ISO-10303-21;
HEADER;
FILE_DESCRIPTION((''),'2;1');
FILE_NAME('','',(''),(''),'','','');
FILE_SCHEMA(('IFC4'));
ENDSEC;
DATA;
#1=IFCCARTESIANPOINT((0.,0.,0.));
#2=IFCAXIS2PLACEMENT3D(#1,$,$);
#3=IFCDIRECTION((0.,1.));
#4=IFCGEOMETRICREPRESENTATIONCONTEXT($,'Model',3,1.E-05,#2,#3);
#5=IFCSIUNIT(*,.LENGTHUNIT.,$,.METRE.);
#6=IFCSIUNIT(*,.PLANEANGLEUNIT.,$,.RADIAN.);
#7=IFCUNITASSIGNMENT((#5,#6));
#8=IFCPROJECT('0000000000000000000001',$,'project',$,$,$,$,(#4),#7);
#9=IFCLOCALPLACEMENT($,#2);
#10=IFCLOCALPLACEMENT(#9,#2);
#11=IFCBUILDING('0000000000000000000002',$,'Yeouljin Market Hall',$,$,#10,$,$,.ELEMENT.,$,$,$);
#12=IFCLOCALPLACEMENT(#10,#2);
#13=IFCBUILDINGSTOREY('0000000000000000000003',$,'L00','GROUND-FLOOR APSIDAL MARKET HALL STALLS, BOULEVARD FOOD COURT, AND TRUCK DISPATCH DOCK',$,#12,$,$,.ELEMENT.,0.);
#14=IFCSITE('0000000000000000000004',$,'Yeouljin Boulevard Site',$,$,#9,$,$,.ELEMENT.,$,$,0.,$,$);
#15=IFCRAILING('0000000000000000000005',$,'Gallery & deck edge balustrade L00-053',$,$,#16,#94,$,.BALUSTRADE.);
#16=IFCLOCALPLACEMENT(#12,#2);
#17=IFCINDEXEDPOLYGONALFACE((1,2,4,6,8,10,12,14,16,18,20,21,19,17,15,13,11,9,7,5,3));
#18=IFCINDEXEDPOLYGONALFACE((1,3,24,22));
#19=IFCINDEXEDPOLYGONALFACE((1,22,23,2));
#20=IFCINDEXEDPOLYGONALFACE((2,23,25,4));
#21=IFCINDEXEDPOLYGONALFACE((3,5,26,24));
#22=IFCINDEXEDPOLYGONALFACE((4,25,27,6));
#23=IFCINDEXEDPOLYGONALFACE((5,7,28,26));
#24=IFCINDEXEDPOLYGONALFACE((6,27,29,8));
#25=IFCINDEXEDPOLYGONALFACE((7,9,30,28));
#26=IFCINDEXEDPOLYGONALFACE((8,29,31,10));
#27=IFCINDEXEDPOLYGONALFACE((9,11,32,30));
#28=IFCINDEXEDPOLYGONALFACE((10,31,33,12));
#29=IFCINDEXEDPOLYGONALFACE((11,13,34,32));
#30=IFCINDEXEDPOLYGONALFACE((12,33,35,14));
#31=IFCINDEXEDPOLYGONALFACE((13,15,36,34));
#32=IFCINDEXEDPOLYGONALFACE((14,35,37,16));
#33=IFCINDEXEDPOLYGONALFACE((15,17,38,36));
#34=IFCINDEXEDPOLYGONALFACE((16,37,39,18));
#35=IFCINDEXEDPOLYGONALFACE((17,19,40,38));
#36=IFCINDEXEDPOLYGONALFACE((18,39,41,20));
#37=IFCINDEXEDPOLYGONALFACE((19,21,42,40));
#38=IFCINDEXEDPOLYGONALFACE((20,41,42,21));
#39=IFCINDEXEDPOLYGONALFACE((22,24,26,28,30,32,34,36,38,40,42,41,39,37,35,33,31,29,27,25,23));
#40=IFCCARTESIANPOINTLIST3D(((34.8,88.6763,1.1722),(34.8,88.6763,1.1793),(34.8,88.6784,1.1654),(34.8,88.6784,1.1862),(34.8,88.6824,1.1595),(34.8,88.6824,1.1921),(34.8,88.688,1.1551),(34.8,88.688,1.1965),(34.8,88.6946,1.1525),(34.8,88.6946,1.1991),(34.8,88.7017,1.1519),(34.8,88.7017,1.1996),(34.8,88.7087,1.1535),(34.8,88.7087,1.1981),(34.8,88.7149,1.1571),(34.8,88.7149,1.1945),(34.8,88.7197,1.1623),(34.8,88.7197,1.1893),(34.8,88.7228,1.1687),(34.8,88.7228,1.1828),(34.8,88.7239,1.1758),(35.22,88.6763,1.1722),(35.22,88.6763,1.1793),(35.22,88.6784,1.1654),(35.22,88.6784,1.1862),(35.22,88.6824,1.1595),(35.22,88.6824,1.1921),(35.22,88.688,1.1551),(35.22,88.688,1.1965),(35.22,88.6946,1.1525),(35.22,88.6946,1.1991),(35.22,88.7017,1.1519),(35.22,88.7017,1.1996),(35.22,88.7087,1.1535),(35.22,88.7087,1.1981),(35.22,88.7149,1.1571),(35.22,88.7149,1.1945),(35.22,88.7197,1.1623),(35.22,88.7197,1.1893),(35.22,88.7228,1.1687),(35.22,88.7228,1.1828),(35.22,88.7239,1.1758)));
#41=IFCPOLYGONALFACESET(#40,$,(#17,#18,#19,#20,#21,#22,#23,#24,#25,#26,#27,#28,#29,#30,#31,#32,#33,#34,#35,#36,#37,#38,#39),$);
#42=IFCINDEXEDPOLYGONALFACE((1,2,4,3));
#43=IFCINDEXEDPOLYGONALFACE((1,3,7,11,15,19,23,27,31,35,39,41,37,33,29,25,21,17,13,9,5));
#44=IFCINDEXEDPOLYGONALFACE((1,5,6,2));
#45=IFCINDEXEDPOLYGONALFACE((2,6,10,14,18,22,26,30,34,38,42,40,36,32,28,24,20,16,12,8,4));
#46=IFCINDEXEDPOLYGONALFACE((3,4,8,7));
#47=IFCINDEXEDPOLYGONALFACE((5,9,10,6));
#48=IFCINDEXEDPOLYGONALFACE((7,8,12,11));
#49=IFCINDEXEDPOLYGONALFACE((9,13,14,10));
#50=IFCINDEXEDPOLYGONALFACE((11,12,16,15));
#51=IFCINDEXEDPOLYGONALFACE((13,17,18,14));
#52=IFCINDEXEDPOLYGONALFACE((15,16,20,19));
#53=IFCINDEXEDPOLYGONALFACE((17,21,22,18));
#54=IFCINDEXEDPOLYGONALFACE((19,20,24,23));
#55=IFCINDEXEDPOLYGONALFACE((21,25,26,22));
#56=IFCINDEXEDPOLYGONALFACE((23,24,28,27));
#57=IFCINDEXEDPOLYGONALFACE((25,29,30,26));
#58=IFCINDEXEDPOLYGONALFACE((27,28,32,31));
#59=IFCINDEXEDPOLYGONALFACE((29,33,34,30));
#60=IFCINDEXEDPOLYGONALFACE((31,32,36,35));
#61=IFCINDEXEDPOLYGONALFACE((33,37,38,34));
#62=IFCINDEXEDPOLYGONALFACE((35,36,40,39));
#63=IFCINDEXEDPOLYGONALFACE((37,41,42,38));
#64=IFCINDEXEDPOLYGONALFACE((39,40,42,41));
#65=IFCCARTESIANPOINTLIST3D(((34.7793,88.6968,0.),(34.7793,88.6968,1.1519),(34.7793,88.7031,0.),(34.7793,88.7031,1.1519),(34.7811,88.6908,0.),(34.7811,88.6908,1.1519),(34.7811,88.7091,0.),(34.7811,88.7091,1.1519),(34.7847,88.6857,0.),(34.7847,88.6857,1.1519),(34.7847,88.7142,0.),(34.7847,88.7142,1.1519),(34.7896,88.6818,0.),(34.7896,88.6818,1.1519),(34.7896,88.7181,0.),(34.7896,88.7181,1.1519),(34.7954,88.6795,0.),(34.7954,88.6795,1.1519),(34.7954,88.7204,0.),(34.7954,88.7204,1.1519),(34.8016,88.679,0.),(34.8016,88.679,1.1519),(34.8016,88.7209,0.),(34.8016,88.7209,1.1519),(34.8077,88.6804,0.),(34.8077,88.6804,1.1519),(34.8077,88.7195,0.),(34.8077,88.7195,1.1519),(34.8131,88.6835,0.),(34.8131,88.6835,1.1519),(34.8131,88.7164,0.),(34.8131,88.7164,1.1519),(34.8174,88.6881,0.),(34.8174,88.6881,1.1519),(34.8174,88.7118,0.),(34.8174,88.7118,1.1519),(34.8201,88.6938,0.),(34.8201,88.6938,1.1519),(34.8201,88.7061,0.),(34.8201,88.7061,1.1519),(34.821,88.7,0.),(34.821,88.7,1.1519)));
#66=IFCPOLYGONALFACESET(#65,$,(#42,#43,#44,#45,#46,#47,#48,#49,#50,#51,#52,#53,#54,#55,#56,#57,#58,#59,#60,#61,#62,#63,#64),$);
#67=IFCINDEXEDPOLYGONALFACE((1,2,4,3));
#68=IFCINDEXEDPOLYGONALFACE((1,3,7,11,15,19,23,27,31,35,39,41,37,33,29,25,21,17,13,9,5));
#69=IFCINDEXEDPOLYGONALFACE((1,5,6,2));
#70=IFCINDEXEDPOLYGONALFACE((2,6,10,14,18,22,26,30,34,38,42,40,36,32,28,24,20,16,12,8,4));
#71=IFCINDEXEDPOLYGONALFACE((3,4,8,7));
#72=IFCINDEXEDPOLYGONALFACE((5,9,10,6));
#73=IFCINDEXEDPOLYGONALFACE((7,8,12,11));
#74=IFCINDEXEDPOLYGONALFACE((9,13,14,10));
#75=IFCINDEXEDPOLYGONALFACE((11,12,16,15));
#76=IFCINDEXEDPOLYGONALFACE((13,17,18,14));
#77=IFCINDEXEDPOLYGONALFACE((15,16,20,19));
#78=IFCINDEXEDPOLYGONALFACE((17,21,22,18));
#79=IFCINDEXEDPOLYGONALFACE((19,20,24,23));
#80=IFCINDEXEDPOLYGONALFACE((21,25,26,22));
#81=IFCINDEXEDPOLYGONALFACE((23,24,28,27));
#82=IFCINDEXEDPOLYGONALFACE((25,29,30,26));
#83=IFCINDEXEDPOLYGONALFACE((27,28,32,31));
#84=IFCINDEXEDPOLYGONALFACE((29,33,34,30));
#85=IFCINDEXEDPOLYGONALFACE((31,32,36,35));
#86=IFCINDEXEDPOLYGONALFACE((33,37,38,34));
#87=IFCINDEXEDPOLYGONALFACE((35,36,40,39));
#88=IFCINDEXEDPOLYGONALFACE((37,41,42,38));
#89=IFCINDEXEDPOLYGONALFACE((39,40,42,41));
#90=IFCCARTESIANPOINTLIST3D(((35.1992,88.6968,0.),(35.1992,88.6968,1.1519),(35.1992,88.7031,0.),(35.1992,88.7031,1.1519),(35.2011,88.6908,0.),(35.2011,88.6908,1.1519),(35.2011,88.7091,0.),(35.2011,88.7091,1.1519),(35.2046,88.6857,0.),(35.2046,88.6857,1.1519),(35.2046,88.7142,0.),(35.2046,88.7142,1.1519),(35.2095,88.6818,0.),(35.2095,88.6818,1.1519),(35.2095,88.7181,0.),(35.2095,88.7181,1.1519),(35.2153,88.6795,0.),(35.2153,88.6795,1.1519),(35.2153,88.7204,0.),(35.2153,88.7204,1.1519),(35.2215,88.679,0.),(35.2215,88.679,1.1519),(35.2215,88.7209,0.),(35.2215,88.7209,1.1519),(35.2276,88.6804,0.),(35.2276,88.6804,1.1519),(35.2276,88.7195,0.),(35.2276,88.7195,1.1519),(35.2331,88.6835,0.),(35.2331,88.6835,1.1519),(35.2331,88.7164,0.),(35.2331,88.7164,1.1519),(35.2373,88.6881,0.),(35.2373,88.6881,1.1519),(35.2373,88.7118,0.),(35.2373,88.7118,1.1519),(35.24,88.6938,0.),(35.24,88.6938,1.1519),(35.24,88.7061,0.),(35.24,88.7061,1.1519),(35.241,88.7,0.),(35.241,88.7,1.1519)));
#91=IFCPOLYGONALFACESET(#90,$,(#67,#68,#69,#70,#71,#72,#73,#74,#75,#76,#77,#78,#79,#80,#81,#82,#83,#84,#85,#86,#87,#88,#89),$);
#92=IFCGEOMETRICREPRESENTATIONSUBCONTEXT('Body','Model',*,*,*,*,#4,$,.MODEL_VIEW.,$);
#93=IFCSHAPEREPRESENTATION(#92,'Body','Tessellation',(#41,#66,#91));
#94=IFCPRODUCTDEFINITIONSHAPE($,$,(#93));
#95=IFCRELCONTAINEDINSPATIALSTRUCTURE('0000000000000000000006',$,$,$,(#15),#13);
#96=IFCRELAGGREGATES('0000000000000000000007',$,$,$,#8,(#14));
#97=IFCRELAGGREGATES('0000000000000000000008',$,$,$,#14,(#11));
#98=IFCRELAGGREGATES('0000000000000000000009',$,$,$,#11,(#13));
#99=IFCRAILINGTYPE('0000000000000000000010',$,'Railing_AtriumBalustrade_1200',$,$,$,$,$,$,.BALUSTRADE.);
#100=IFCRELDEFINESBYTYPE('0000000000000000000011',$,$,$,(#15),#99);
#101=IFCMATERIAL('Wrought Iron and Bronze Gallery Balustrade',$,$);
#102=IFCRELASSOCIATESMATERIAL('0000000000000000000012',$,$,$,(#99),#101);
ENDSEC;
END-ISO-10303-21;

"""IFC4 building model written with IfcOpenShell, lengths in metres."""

from ifc_helpers import new_model, si_unit, direction, frame, origin, origin_2d, place, context, subcontext, project, spatial, circle, extrude, material, type_object, element, save


model = new_model("IFC4")

# Units and contexts
model_context = context("Model", 3, precision=1e-05, world=origin(), true_north=direction((0.0, 1.0)))
body_context = subcontext(model_context, "Body", "Model", "MODEL_VIEW")
ifc_project = project(units=[si_unit("LENGTHUNIT", "METRE"), si_unit("PLANEANGLEUNIT", "RADIAN")], contexts=[model_context])

# Site, building, storey
site_placement = place(None, origin())
site = spatial("IfcSite", under=ifc_project, at=site_placement, Name="Yeouljin Boulevard Site", CompositionType="ELEMENT", RefElevation=0.0)
building_placement = place(site_placement, origin())
building = spatial("IfcBuilding", under=site, at=building_placement, Name="Yeouljin Market Hall", CompositionType="ELEMENT")
storey_placement = place(building_placement, origin())
storey = spatial("IfcBuildingStorey", under=building, at=storey_placement, Name="L00", Description="GROUND-FLOOR APSIDAL MARKET HALL STALLS, BOULEVARD FOOD COURT, AND TRUCK DISPATCH DOCK", CompositionType="ELEMENT", Elevation=0.0)

# Railing
ifc_material_1 = material(Name="Wrought Iron and Bronze Gallery Balustrade")
railing_type = type_object("IfcRailingType", Name="Railing_AtriumBalustrade_1200", PredefinedType="BALUSTRADE", material=ifc_material_1)
railing_1_placement = place(storey_placement, frame((34.8, 88.7, 0.0)))
element("IfcRailing", 1, at=railing_1_placement, inside=storey, type_object=railing_type, Name="Gallery & deck edge balustrade L00-053", PredefinedType="BALUSTRADE", context=body_context, shape_type="SweptSolid", body=[
    extrude(circle(Radius=0.0239, at=origin_2d()), frame((0.0, 0.0, 1.1758), z_axis=(1.0, 0.0, 0.0), x_axis=(0.0, 1.0, 0.0)), (0.0, 0.0, 1.0), 0.4199),
    extrude(circle(Radius=0.021, at=origin_2d()), origin(), (0.0, 0.0, 1.0), 1.1519),
    extrude(circle(Radius=0.021, at=origin_2d()), frame((0.4199, 0.0, 0.0)), (0.0, 0.0, 1.0), 1.1519),
])

save(model, "model.ifc")
